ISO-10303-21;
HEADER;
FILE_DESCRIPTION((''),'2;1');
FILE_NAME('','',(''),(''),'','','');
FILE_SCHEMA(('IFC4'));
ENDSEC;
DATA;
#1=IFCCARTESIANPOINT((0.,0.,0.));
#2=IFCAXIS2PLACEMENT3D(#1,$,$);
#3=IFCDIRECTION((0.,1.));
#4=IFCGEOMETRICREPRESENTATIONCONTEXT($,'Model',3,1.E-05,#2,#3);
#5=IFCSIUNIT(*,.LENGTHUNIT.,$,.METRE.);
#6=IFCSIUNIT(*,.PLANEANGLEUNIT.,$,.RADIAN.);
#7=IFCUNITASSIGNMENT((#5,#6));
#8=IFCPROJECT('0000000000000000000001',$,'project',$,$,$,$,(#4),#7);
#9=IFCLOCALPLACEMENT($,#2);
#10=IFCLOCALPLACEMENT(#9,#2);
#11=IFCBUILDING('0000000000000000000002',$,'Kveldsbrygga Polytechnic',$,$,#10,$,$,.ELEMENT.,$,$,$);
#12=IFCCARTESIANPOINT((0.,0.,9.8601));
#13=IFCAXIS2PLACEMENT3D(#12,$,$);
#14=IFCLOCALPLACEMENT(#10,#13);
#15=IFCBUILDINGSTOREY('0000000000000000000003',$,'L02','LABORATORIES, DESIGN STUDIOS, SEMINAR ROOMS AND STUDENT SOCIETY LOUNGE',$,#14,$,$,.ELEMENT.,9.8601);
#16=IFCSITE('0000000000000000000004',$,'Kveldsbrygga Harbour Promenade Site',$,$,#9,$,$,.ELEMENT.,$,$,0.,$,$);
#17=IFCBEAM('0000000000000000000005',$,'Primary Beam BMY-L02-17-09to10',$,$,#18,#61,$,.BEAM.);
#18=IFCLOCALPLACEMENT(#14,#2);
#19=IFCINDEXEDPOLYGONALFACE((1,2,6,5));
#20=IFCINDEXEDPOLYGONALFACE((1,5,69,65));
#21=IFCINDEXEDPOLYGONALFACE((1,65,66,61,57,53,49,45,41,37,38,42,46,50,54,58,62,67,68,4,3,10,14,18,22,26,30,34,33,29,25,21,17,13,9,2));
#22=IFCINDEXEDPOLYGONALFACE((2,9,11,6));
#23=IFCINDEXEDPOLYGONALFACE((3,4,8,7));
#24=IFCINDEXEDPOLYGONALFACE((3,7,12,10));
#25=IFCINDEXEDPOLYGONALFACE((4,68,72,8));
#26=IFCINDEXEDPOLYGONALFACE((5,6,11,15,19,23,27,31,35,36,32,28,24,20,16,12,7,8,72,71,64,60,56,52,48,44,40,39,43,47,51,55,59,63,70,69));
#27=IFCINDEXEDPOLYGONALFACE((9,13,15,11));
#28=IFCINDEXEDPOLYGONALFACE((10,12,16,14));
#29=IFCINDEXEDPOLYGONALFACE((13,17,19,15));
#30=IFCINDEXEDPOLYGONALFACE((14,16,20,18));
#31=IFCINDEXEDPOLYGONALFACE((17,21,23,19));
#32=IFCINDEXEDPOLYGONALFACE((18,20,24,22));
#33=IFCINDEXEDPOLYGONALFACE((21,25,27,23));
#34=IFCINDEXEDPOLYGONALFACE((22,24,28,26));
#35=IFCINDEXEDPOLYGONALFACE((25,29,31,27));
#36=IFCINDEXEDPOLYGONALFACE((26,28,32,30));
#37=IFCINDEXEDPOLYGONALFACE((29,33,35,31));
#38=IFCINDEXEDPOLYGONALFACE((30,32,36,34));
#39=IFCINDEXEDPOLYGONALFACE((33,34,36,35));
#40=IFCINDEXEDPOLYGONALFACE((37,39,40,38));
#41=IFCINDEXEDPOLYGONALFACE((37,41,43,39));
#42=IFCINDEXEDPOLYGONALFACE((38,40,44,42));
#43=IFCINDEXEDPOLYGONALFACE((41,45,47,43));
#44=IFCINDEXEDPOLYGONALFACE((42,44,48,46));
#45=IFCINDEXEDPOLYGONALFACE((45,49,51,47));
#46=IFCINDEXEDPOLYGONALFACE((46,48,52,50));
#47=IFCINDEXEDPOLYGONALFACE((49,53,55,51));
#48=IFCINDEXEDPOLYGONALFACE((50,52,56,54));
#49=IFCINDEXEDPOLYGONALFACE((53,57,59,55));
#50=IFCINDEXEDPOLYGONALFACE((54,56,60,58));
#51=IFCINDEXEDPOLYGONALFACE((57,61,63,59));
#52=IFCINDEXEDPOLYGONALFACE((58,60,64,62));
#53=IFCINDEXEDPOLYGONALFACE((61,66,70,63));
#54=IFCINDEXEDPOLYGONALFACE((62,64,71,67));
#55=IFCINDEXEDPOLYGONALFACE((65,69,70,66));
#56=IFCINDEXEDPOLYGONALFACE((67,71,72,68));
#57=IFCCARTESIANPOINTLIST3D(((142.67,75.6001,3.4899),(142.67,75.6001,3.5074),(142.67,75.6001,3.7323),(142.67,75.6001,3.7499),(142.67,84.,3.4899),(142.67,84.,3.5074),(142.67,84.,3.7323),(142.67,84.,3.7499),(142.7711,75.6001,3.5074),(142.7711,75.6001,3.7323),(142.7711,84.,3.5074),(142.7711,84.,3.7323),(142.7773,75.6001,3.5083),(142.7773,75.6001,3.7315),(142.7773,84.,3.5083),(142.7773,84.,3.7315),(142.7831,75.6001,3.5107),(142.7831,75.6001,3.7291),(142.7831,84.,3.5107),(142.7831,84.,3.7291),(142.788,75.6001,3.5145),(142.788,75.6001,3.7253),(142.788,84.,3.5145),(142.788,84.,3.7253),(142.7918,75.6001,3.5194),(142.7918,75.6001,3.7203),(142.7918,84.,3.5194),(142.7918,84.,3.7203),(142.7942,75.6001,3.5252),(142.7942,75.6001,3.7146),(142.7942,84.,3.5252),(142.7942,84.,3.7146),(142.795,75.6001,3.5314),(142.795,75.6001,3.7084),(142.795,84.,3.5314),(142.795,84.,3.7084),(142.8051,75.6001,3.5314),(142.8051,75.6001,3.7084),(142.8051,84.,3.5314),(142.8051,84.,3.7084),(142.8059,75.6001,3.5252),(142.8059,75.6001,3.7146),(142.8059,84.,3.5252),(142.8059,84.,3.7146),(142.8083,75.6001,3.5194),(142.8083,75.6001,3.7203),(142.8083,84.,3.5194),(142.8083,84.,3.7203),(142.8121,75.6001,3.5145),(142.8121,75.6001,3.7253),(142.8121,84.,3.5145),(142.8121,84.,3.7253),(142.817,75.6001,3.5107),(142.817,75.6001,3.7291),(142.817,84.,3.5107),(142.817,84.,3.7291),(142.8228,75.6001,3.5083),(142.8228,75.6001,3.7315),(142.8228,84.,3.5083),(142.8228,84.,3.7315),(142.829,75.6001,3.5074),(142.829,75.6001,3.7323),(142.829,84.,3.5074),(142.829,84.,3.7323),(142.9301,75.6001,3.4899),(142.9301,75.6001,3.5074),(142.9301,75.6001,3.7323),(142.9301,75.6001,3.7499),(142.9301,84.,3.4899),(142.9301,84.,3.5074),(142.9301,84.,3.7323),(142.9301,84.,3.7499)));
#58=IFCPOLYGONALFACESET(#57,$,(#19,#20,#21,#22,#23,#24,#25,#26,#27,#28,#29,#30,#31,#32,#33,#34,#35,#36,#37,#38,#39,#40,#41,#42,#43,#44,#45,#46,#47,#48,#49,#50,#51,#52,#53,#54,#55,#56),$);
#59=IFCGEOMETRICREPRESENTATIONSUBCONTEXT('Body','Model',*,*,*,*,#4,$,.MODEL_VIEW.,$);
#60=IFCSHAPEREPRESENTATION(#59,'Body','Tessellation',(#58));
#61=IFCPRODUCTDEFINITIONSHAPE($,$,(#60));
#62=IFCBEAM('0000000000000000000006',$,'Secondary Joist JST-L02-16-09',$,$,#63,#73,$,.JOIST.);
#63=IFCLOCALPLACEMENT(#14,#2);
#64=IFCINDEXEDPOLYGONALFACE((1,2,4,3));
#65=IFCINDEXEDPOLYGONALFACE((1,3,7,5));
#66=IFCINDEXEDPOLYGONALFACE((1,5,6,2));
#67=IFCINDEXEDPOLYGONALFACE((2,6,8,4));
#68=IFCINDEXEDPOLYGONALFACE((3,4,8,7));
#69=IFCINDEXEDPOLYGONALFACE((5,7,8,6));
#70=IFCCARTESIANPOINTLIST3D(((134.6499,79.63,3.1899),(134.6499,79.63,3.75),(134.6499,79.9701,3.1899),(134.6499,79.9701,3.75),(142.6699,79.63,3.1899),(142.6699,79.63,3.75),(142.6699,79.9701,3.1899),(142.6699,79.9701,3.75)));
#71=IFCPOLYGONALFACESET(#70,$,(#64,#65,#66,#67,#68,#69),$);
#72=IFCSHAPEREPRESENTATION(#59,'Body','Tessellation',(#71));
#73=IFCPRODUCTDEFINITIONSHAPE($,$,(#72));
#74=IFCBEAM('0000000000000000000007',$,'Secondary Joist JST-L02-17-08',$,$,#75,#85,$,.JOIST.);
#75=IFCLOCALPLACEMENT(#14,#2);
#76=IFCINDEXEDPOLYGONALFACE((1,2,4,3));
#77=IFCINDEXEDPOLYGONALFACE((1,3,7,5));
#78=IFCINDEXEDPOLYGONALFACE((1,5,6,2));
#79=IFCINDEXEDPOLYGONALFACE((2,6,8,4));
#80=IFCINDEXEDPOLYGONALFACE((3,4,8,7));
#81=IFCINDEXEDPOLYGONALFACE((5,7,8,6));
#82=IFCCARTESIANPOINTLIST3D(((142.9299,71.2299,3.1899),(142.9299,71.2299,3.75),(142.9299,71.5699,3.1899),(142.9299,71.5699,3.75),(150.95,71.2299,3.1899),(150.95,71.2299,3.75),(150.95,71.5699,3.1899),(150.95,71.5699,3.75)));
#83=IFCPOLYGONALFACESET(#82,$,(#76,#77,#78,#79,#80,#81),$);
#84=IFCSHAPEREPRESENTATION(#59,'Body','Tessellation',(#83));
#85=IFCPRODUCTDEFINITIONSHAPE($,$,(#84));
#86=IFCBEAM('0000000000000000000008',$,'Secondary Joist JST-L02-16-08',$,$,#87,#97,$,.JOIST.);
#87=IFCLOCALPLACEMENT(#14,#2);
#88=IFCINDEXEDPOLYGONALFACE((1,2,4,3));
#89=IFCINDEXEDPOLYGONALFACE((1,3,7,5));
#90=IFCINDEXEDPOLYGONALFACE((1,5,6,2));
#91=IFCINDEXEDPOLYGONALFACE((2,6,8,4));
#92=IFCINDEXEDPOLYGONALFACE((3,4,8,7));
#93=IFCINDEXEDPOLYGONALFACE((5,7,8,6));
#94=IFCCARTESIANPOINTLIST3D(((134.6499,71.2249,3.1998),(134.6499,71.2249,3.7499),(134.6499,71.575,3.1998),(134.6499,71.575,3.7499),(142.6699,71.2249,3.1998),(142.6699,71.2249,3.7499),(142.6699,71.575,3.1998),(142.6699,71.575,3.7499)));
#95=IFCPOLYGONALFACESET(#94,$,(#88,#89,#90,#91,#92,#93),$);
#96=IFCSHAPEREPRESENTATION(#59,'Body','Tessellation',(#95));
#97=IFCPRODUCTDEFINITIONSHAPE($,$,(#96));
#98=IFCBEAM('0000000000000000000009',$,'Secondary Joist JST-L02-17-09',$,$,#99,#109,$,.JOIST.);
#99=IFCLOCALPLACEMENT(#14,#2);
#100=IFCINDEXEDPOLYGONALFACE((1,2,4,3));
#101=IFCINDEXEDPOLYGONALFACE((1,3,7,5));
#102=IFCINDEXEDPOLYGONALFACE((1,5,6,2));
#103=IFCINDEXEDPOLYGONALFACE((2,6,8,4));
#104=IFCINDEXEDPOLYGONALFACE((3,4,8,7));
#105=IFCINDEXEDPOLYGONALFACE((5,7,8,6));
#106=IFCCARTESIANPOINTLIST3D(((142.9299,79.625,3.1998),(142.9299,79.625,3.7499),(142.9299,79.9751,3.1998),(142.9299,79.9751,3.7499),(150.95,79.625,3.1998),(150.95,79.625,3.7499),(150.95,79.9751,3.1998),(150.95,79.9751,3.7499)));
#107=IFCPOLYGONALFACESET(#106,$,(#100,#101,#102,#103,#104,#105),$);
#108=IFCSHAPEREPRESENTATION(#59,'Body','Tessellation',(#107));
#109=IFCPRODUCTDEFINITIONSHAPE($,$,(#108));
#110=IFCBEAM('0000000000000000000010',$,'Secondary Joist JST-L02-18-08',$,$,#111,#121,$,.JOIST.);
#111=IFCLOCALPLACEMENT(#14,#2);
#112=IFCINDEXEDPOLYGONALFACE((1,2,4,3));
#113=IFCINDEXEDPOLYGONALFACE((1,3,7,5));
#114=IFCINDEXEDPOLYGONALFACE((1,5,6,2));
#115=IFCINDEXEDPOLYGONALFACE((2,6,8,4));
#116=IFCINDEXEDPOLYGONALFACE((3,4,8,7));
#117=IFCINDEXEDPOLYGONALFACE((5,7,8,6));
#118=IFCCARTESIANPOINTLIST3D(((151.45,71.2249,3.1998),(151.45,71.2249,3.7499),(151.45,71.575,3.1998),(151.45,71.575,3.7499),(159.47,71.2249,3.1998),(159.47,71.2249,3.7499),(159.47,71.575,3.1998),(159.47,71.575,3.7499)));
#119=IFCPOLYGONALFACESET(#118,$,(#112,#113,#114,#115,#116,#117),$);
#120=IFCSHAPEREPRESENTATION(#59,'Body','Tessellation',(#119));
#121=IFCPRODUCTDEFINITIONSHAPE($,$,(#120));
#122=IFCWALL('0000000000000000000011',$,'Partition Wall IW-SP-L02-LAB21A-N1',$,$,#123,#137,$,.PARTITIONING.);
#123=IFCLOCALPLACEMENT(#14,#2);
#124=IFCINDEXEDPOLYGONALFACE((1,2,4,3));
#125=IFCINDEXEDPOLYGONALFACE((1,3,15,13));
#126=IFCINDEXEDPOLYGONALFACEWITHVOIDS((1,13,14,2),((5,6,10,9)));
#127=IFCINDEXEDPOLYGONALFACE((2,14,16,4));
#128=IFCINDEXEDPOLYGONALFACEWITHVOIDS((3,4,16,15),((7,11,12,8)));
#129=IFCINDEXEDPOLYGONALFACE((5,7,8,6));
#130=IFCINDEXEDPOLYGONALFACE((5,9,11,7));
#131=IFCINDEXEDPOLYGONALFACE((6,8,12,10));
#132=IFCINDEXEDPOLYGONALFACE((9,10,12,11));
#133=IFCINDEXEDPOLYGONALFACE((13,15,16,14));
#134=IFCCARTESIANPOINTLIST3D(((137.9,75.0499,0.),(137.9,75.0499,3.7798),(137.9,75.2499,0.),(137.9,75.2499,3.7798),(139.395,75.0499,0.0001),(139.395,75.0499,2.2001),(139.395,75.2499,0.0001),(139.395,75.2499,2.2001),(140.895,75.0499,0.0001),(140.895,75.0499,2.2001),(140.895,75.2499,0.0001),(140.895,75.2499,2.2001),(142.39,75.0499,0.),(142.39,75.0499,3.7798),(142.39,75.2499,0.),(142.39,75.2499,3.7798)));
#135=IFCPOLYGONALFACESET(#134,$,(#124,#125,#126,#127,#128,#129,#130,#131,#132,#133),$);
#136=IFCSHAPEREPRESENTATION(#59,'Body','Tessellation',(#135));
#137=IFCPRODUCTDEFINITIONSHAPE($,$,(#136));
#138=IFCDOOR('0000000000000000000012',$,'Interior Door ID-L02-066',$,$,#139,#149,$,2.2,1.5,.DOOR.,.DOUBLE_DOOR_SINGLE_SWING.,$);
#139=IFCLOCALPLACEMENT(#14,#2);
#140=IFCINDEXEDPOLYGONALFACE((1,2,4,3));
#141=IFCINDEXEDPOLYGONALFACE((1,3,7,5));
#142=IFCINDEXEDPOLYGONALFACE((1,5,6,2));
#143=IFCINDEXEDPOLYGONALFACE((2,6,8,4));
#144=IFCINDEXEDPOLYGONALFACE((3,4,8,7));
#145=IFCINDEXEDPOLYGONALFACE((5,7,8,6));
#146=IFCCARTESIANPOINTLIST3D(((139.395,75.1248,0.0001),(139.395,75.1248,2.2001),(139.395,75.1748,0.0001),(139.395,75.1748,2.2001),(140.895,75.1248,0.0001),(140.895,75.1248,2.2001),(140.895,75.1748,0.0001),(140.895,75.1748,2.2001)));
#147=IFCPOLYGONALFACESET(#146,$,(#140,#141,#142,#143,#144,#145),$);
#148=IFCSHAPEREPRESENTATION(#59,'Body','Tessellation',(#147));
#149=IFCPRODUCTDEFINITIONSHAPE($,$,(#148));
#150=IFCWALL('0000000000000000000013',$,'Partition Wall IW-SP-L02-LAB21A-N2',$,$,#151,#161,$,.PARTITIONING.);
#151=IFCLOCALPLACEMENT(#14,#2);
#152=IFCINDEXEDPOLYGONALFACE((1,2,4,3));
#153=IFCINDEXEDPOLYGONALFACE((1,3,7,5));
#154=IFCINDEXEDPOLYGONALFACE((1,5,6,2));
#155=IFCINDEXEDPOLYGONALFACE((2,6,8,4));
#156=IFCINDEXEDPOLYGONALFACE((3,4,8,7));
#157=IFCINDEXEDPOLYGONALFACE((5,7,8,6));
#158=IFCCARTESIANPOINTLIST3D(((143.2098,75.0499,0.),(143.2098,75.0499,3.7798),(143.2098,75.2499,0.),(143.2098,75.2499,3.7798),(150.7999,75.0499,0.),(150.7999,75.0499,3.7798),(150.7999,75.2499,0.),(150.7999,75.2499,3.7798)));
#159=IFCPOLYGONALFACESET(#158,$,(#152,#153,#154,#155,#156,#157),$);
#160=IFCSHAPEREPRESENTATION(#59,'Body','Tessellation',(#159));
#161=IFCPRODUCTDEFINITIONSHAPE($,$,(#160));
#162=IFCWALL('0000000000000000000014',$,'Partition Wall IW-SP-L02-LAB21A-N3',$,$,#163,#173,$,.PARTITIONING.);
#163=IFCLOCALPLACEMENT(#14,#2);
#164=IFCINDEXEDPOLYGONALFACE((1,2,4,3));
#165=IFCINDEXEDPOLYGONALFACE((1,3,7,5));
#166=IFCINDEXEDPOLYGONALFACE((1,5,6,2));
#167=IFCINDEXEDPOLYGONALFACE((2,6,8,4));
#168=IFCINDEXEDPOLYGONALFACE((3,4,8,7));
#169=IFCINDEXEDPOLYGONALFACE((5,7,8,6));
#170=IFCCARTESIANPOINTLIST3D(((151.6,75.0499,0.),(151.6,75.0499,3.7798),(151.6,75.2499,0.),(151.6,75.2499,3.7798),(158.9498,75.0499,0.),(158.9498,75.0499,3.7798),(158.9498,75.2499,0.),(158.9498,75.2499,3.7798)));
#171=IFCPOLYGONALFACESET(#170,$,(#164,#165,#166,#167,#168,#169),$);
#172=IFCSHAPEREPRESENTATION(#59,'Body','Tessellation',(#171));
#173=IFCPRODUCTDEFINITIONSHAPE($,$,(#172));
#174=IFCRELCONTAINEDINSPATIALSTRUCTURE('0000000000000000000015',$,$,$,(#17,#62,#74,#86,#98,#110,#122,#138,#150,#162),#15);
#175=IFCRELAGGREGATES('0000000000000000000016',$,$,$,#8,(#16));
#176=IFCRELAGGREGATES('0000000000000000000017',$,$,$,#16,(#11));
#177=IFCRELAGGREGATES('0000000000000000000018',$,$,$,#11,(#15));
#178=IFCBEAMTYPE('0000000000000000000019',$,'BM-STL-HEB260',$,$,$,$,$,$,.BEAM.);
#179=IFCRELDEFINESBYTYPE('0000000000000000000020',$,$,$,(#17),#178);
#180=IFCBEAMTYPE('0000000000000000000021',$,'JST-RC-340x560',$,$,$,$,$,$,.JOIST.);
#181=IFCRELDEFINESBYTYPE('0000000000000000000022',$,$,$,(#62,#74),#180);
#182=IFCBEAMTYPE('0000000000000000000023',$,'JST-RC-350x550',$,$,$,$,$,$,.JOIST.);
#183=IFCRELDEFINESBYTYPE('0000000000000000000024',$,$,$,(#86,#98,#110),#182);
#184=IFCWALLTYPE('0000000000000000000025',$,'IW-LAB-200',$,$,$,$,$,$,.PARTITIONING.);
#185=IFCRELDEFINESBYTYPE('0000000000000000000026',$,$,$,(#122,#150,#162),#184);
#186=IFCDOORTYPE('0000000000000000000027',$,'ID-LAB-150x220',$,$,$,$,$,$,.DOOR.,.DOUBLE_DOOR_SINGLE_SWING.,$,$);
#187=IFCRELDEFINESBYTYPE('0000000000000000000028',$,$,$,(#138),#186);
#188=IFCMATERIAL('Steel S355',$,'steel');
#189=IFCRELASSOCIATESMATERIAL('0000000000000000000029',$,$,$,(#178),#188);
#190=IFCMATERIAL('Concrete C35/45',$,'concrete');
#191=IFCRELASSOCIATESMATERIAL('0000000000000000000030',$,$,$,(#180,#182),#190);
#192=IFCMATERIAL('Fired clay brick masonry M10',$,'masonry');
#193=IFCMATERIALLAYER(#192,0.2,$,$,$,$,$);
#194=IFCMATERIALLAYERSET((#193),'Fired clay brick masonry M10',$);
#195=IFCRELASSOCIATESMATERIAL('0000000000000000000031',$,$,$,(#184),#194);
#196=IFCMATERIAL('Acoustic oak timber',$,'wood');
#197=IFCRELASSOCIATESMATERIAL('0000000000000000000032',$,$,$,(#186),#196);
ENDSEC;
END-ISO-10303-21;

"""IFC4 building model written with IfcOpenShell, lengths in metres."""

from ifc_helpers import new_model, si_unit, direction, frame, frame_2d, origin, origin_2d, place, context, subcontext, project, spatial, rectangle, i_section, extrude, material, layer, layer_set, material_profile, profile_set, type_object, element, fill, save


model = new_model("IFC4")

# Units and contexts
model_context = context("Model", 3, precision=1e-05, world=origin(), true_north=direction((0.0, 1.0)))
body_context = subcontext(model_context, "Body", "Model", "MODEL_VIEW")
ifc_project = project(units=[si_unit("LENGTHUNIT", "METRE"), si_unit("PLANEANGLEUNIT", "RADIAN")], contexts=[model_context])

# Site, building, storey
site_placement = place(None, origin())
site = spatial("IfcSite", under=ifc_project, at=site_placement, Name="Kveldsbrygga Harbour Promenade Site", CompositionType="ELEMENT", RefElevation=0.0)
building_placement = place(site_placement, origin())
building = spatial("IfcBuilding", under=site, at=building_placement, Name="Kveldsbrygga Polytechnic", CompositionType="ELEMENT")
storey_placement = place(building_placement, frame((0.0, 0.0, 9.8601)))
storey = spatial("IfcBuildingStorey", under=building, at=storey_placement, Name="L02", Description="LABORATORIES, DESIGN STUDIOS, SEMINAR ROOMS AND STUDENT SOCIETY LOUNGE", CompositionType="ELEMENT", Elevation=9.8601)

# Beams
ifc_material_1 = material(Name="Concrete C35/45", Category="concrete")
ifc_material_2 = material(Name="Steel S355", Category="steel")
ifc_material_profile_1 = material_profile(ifc_material_2, i_section(OverallWidth=0.26, OverallDepth=0.26, WebThickness=0.01, FlangeThickness=0.0176, FilletRadius=0.0239, at=origin_2d()), Name="HEB 260")
ifc_profile_set_1 = profile_set([ifc_material_profile_1], Name="Steel S355")
beam_type_1 = type_object("IfcBeamType", Name="BM-STL-HEB260", PredefinedType="BEAM", material=ifc_profile_set_1)
beam_1_placement = place(storey_placement, frame((142.8, 75.6001, 3.6199), z_axis=(0.0, 1.0, 0.0), x_axis=(-1.0, 0.0, 0.0)))
element("IfcBeam", 1, at=beam_1_placement, inside=storey, type_object=beam_type_1, Name="Primary Beam BMY-L02-17-09to10", PredefinedType="BEAM", context=body_context, shape_type="SweptSolid", body=[
    extrude(i_section(OverallWidth=0.26, OverallDepth=0.26, WebThickness=0.01, FlangeThickness=0.0176, FilletRadius=0.0239, at=origin_2d()), origin(), (0.0, 0.0, 1.0), 8.3999),
])
ifc_material_profile_2 = material_profile(ifc_material_1, rectangle(XDim=0.3401, YDim=0.5601, at=origin_2d()), Name="RC 340x560")
ifc_profile_set_2 = profile_set([ifc_material_profile_2], Name="Concrete C35/45")
beam_type_2 = type_object("IfcBeamType", Name="JST-RC-340x560", PredefinedType="JOIST", material=ifc_profile_set_2)
for number, where, z_axis, x_axis, name in (
    (2, (134.6499, 79.8, 3.47), (1.0, 0.0, 0.0), (0.0, 1.0, 0.0), "Secondary Joist JST-L02-16-09"),
    (3, (142.9299, 71.3999, 3.47), (1.0, 0.0, 0.0), (0.0, 1.0, 0.0), "Secondary Joist JST-L02-17-08"),
):
    element("IfcBeam", number, at=place(storey_placement, frame(where, z_axis=z_axis, x_axis=x_axis)), inside=storey, type_object=beam_type_2, Name=name, PredefinedType="JOIST", context=body_context, shape_type="SweptSolid", body=[
        extrude(rectangle(XDim=0.3401, YDim=0.5601, at=origin_2d()), origin(), (0.0, 0.0, 1.0), 8.02),
    ])
ifc_material_profile_3 = material_profile(ifc_material_1, rectangle(XDim=0.3501, YDim=0.55, at=origin_2d()), Name="RC 350x550")
ifc_profile_set_3 = profile_set([ifc_material_profile_3], Name="Concrete C35/45")
beam_type_3 = type_object("IfcBeamType", Name="JST-RC-350x550", PredefinedType="JOIST", material=ifc_profile_set_3)
for number, where, z_axis, x_axis, name in (
    (4, (134.6499, 71.3999, 3.4749), (1.0, 0.0, 0.0), (0.0, 1.0, 0.0), "Secondary Joist JST-L02-16-08"),
    (5, (142.9299, 79.8, 3.4749), (1.0, 0.0, 0.0), (0.0, 1.0, 0.0), "Secondary Joist JST-L02-17-09"),
    (6, (151.45, 71.3999, 3.4749), (1.0, 0.0, 0.0), (0.0, 1.0, 0.0), "Secondary Joist JST-L02-18-08"),
):
    element("IfcBeam", number, at=place(storey_placement, frame(where, z_axis=z_axis, x_axis=x_axis)), inside=storey, type_object=beam_type_3, Name=name, PredefinedType="JOIST", context=body_context, shape_type="SweptSolid", body=[
        extrude(rectangle(XDim=0.3501, YDim=0.55, at=origin_2d()), origin(), (0.0, 0.0, 1.0), 8.02),
    ])

# Wall, opening, door
ifc_material_3 = material(Name="Fired clay brick masonry M10", Category="masonry")
ifc_layer_1 = layer(ifc_material_3, 0.2)
ifc_layer_set_1 = layer_set([ifc_layer_1], Name="Fired clay brick masonry M10")
wall_type_1 = type_object("IfcWallType", Name="IW-LAB-200", PredefinedType="PARTITIONING", material=ifc_layer_set_1)
wall_1_placement = place(storey_placement, frame((137.8999, 75.1499, 0.0), z_axis=(0.0, 0.0, 1.0), x_axis=(1.0, 0.0, 0.0)))
wall_1 = element("IfcWall", 7, at=wall_1_placement, inside=storey, type_object=wall_type_1, Name="Partition Wall IW-SP-L02-LAB21A-N1", PredefinedType="PARTITIONING", context=body_context, shape_type="SweptSolid", body=[
    extrude(rectangle(XDim=4.49, YDim=0.2, at=frame_2d((2.2451, 0.0))), origin(), (0.0, 0.0, 1.0), 3.7798),
])
opening_1_placement = place(wall_1_placement, frame((1.4951, 0.0, 0.0)))
opening_1 = element("IfcOpeningElement", 8, at=opening_1_placement, cuts=wall_1, PredefinedType="OPENING", context=body_context, shape_type="SweptSolid", body=[
    extrude(rectangle(XDim=1.5, YDim=2.2, at=frame_2d((0.75, 1.1001))), frame((0.0, 0.1099, 0.0), z_axis=(0.0, -1.0, 0.0), x_axis=(1.0, 0.0, 0.0)), (0.0, 0.0, 1.0), 0.22),
])
ifc_material_4 = material(Name="Acoustic oak timber", Category="wood")
door_type_1 = type_object("IfcDoorType", Name="ID-LAB-150x220", OperationType="DOUBLE_DOOR_SINGLE_SWING", PredefinedType="DOOR", material=ifc_material_4)
door_1_placement = place(opening_1_placement, origin())
door_1 = element("IfcDoor", 9, at=door_1_placement, inside=storey, type_object=door_type_1, Name="Interior Door ID-L02-066", OperationType="DOUBLE_DOOR_SINGLE_SWING", OverallHeight=2.2, OverallWidth=1.5, PredefinedType="DOOR", context=body_context, shape_type="SweptSolid", body=[
    extrude(rectangle(XDim=1.5, YDim=2.2, at=frame_2d((0.75, 1.1001))), frame((0.0, 0.0249, 0.0), z_axis=(0.0, -1.0, 0.0), x_axis=(1.0, 0.0, 0.0)), (0.0, 0.0, 1.0), 0.05),
])
fill(opening_1, door_1)

# Walls
wall_2_placement = place(storey_placement, frame((143.21, 75.1499, 0.0), z_axis=(0.0, 0.0, 1.0), x_axis=(1.0, 0.0, 0.0)))
element("IfcWall", 10, at=wall_2_placement, inside=storey, type_object=wall_type_1, Name="Partition Wall IW-SP-L02-LAB21A-N2", PredefinedType="PARTITIONING", context=body_context, shape_type="SweptSolid", body=[
    extrude(rectangle(XDim=7.5901, YDim=0.2, at=frame_2d((3.7949, 0.0))), origin(), (0.0, 0.0, 1.0), 3.7798),
])
wall_3_placement = place(storey_placement, frame((151.6001, 75.1499, 0.0), z_axis=(0.0, 0.0, 1.0), x_axis=(1.0, 0.0, 0.0)))
element("IfcWall", 11, at=wall_3_placement, inside=storey, type_object=wall_type_1, Name="Partition Wall IW-SP-L02-LAB21A-N3", PredefinedType="PARTITIONING", context=body_context, shape_type="SweptSolid", body=[
    extrude(rectangle(XDim=7.3499, YDim=0.2, at=frame_2d((3.6748, 0.0))), origin(), (0.0, 0.0, 1.0), 3.7798),
])

save(model, "model.ifc")
